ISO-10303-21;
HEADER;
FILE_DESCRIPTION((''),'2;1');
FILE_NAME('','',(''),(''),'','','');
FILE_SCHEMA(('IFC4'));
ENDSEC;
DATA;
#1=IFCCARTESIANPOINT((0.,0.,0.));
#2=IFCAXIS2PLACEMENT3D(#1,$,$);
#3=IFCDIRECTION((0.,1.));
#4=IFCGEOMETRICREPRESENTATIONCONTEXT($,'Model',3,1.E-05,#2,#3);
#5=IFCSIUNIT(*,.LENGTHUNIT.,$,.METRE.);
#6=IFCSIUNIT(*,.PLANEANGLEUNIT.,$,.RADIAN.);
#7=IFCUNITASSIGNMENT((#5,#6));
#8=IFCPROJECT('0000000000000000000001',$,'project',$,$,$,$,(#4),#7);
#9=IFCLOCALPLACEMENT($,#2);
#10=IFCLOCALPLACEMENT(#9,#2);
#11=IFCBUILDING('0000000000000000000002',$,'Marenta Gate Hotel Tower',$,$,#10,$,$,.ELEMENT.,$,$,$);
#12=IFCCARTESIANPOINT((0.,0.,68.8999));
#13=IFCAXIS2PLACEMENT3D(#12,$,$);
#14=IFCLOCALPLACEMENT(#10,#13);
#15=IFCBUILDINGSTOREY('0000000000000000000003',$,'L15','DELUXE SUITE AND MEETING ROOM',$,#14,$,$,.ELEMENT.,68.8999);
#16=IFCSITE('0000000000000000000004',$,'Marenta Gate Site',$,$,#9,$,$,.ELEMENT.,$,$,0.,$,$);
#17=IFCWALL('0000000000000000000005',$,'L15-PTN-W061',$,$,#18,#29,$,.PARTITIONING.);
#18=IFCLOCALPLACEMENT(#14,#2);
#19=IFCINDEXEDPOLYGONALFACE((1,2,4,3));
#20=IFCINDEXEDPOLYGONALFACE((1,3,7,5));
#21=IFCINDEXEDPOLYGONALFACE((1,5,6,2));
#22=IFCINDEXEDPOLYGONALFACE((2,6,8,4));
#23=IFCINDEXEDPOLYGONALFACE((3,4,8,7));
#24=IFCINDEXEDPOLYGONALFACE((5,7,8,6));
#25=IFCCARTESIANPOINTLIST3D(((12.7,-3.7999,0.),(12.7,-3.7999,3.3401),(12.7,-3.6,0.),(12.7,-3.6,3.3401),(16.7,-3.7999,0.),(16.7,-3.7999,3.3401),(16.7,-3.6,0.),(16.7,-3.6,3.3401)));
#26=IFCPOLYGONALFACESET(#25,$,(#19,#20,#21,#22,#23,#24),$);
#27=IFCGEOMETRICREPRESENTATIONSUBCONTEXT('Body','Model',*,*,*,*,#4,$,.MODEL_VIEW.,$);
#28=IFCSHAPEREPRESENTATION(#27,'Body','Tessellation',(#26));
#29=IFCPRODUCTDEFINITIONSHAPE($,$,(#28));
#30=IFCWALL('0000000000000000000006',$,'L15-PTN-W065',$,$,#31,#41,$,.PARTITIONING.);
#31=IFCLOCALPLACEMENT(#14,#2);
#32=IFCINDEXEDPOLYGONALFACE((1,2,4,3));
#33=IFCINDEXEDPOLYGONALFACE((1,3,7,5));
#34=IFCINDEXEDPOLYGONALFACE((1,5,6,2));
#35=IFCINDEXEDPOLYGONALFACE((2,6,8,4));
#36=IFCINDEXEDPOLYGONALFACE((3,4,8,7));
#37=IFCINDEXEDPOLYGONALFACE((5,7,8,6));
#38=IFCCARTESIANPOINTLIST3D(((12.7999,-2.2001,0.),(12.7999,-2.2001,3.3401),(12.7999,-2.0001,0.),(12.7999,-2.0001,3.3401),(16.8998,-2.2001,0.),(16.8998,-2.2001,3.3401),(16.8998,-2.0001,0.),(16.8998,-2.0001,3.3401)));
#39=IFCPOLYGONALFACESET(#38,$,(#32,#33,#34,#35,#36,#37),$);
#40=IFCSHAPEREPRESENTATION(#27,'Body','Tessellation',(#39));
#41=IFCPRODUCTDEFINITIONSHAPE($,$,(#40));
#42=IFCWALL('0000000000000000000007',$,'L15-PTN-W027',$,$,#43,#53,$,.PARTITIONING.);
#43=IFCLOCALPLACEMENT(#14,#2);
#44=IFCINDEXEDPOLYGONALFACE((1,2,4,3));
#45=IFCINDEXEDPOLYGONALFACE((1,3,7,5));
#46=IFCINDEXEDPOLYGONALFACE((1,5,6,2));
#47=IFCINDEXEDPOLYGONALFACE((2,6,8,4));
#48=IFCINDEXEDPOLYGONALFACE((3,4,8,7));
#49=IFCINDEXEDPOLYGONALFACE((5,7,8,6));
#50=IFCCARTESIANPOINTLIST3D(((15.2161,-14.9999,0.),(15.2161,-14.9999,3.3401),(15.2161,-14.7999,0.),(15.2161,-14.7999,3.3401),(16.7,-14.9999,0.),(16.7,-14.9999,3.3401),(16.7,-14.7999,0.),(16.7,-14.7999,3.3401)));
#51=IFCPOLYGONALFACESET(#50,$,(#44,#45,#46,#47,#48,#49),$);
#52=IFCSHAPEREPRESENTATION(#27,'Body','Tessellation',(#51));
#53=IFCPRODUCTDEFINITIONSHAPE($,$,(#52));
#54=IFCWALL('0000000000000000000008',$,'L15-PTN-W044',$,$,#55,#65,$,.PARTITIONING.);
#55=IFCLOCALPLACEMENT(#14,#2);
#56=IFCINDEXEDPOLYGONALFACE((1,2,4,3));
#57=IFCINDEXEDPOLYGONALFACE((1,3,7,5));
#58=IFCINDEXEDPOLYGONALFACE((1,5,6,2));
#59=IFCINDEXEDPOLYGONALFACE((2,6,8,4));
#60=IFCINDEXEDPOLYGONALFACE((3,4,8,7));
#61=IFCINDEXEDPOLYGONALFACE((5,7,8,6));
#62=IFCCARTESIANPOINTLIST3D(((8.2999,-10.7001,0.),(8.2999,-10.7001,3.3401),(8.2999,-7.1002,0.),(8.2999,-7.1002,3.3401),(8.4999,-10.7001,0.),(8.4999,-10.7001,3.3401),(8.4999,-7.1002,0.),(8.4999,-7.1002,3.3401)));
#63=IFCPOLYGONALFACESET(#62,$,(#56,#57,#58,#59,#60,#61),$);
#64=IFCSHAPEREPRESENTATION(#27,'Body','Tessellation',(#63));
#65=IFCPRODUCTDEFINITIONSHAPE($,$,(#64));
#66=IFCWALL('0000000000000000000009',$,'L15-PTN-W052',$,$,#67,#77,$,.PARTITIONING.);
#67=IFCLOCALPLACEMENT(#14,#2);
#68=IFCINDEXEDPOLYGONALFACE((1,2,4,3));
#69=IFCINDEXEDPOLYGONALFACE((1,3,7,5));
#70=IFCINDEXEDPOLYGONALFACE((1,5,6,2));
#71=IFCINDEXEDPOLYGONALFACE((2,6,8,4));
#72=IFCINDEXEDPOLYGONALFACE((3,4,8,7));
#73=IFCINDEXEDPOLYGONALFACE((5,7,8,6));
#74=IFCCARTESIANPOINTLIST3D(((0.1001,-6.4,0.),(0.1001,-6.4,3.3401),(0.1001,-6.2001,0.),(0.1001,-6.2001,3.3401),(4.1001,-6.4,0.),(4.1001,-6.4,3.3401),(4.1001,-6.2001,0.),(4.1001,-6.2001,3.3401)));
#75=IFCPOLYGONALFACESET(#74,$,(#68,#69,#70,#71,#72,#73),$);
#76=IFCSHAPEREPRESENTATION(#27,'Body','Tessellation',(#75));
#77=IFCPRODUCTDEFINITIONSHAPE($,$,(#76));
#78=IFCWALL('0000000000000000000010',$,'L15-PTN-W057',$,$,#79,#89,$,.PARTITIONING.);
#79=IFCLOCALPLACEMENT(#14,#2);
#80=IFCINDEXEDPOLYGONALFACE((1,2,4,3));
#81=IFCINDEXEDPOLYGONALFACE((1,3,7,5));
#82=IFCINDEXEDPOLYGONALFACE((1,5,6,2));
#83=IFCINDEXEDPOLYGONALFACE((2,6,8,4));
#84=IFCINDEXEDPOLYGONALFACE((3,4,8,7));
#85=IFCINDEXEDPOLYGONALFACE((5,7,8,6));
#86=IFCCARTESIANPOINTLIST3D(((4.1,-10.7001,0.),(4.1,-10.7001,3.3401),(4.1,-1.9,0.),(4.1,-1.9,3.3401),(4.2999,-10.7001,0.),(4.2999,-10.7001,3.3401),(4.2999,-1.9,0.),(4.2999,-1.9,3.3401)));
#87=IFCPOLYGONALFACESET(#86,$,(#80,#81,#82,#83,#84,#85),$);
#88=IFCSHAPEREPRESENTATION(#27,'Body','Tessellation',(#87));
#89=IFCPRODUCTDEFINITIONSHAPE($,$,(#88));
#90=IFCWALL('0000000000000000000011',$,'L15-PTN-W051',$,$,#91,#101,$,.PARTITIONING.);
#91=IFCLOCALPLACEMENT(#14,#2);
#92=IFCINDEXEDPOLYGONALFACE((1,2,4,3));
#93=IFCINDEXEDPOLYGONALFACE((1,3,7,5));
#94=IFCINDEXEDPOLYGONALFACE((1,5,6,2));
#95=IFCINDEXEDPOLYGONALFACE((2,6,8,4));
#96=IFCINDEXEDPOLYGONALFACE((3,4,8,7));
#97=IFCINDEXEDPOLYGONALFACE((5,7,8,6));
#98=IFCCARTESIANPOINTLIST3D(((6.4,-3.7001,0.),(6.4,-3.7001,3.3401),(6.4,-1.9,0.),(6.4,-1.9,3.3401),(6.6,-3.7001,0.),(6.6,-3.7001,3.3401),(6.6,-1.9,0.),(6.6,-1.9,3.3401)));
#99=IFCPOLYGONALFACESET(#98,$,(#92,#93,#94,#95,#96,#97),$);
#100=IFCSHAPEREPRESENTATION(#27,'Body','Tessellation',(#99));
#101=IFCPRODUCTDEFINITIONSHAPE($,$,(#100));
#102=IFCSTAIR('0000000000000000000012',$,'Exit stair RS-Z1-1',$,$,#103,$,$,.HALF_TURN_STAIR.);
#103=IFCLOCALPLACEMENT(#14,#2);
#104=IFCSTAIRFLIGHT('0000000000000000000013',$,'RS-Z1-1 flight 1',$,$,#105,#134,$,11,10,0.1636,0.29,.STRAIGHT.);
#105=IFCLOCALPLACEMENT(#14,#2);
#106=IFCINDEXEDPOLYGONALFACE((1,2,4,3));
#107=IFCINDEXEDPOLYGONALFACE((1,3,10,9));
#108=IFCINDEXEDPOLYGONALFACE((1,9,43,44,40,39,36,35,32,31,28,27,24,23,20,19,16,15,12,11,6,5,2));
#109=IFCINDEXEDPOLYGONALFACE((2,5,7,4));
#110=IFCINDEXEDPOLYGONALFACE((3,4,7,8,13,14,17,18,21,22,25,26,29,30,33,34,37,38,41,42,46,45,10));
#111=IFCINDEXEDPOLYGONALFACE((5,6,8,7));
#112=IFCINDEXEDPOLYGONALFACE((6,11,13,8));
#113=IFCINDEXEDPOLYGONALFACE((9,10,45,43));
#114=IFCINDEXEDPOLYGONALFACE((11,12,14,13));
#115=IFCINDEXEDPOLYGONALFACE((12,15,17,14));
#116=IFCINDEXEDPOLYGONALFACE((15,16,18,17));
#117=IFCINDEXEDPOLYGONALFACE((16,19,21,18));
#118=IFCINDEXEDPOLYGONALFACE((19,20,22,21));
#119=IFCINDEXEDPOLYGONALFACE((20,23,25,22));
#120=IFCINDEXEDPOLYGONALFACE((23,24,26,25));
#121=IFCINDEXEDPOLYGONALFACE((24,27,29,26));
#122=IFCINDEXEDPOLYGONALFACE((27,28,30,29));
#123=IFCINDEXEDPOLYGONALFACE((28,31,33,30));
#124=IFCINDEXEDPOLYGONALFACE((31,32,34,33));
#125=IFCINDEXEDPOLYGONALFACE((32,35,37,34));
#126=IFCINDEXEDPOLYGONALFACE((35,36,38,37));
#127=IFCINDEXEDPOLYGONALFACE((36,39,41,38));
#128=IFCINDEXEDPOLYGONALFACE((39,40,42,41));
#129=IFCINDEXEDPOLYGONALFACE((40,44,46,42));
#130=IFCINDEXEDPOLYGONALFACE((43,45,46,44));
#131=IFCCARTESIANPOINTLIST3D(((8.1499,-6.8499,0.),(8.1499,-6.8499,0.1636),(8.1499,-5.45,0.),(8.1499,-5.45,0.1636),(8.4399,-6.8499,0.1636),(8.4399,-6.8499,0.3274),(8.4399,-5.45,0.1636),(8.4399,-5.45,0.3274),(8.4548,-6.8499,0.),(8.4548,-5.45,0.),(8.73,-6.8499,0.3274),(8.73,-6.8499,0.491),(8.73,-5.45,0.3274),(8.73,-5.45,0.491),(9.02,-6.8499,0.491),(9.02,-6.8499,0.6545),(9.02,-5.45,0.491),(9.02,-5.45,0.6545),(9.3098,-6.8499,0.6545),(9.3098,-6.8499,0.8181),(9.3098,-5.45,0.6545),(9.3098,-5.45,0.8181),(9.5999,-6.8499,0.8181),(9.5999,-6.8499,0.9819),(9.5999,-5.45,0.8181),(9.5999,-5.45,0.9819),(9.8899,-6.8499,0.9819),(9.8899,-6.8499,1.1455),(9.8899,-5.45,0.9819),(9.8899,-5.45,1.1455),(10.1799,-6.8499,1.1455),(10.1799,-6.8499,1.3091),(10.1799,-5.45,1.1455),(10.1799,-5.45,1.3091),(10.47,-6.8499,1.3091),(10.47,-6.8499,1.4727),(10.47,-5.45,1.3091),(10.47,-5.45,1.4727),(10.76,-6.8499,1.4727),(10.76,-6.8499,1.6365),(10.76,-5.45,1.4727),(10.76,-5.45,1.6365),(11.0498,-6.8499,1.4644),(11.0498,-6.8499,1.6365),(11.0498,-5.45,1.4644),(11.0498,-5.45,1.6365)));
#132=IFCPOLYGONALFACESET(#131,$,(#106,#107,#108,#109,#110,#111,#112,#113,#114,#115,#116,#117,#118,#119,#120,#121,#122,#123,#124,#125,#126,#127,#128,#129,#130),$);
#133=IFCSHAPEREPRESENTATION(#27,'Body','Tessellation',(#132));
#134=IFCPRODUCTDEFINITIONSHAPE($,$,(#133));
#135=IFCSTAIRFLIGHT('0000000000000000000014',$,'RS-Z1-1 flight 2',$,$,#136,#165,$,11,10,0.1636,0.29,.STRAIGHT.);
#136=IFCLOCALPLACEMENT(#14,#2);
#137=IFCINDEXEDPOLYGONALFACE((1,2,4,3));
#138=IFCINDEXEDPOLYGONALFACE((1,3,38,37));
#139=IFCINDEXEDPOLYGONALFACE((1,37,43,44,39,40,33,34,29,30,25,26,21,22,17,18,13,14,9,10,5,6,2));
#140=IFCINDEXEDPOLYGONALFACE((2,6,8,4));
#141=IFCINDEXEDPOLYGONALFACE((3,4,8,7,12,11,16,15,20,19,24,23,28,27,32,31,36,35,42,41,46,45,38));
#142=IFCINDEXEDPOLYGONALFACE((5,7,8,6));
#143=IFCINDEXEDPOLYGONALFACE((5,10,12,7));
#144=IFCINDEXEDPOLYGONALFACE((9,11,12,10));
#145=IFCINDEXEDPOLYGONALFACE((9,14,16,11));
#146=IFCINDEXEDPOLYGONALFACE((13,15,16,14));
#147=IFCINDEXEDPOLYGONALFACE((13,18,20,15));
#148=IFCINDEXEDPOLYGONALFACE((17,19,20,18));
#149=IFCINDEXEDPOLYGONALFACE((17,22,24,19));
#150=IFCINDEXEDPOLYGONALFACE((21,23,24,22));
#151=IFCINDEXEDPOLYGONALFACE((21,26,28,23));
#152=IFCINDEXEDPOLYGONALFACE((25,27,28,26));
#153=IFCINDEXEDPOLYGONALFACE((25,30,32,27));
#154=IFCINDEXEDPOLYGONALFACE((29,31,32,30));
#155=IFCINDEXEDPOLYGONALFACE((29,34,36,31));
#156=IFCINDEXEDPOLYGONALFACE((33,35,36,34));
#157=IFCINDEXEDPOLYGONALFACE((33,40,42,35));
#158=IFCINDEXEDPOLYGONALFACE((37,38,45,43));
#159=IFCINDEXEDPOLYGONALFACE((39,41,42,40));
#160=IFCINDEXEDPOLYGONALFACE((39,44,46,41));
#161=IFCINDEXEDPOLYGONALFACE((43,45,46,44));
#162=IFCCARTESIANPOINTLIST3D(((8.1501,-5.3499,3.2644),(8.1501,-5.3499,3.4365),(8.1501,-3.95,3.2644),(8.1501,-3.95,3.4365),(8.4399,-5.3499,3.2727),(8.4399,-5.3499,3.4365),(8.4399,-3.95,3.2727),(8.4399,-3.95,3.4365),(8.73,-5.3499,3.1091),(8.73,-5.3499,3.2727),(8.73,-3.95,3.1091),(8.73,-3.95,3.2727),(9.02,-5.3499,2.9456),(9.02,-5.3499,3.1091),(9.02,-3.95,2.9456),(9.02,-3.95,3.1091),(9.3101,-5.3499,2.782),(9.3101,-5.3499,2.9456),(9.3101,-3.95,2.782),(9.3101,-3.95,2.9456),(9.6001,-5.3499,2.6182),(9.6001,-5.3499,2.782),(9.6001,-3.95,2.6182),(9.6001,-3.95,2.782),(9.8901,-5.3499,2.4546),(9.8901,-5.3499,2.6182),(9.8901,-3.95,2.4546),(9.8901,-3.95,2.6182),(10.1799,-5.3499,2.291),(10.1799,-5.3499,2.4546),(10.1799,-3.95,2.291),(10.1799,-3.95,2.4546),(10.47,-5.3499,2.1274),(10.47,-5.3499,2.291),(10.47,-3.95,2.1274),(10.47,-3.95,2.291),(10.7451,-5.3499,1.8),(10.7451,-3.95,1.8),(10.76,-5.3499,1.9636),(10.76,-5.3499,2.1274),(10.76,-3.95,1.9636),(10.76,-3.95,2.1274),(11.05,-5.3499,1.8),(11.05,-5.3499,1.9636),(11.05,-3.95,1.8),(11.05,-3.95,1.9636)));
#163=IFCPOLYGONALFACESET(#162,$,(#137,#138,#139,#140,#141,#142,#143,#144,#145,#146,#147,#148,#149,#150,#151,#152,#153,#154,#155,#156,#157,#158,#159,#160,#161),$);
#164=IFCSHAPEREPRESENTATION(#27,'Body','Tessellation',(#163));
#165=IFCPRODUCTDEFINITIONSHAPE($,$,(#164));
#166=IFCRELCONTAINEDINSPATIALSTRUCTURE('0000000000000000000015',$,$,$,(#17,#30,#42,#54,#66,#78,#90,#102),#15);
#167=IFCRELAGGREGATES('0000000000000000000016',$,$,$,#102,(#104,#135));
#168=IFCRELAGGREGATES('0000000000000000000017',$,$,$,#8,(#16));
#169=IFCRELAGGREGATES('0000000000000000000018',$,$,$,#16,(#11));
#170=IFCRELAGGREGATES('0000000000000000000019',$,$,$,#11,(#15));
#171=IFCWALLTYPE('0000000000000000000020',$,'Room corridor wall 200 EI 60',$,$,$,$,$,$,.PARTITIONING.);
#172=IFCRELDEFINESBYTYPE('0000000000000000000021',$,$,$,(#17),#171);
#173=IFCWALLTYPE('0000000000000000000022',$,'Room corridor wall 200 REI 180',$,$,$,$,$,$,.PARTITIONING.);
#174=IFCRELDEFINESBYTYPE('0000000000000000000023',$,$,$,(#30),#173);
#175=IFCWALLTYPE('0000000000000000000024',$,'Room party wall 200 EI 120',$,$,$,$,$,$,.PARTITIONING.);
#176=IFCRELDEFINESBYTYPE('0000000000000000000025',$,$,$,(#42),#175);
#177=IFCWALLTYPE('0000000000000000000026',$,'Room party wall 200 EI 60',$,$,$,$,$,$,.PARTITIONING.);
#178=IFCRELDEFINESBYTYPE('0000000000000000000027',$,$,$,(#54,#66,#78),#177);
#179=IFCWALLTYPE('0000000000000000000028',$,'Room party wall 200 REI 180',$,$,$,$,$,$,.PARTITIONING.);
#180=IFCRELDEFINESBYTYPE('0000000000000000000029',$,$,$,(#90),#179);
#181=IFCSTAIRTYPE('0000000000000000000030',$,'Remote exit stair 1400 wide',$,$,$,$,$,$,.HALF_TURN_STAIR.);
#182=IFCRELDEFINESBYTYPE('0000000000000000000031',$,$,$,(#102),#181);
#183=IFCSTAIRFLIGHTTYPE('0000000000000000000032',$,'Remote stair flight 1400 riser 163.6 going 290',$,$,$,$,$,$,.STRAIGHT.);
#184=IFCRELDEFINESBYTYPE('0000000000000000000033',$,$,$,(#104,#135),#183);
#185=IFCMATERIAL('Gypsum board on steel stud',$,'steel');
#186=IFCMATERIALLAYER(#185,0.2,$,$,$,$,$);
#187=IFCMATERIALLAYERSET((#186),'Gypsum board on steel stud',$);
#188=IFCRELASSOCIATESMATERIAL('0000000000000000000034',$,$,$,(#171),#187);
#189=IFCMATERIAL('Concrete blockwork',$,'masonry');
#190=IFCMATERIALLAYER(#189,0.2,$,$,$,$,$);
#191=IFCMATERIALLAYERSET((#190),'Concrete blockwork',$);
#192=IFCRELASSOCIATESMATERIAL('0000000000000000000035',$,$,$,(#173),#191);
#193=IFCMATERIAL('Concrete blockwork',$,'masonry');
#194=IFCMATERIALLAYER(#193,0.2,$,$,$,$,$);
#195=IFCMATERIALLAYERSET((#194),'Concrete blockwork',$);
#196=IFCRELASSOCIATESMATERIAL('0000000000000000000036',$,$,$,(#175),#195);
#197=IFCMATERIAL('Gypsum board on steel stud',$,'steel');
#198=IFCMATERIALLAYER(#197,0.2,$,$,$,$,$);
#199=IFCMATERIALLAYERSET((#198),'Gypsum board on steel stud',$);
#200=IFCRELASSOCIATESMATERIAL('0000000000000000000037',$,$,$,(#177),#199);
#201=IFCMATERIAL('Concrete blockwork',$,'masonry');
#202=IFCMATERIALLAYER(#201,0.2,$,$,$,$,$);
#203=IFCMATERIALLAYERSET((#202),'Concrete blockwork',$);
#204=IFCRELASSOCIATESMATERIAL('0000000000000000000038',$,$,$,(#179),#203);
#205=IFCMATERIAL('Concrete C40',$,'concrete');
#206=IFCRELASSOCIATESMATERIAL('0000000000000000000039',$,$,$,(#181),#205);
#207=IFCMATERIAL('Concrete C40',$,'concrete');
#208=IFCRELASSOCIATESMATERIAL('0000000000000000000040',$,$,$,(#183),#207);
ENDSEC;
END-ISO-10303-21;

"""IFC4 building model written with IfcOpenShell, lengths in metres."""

from ifc_helpers import new_model, si_unit, direction, frame, frame_2d, origin, place, context, subcontext, project, spatial, polyline, rectangle, outline, extrude, material, layer, layer_set, type_object, element, aggregate, save


model = new_model("IFC4")

# Units and contexts
model_context = context("Model", 3, precision=1e-05, world=origin(), true_north=direction((0.0, 1.0)))
body_context = subcontext(model_context, "Body", "Model", "MODEL_VIEW")
ifc_project = project(units=[si_unit("LENGTHUNIT", "METRE"), si_unit("PLANEANGLEUNIT", "RADIAN")], contexts=[model_context])

# Site, building, storey
site_placement = place(None, origin())
site = spatial("IfcSite", under=ifc_project, at=site_placement, Name="Marenta Gate Site", CompositionType="ELEMENT", RefElevation=0.0)
building_placement = place(site_placement, origin())
building = spatial("IfcBuilding", under=site, at=building_placement, Name="Marenta Gate Hotel Tower", CompositionType="ELEMENT")
storey_placement = place(building_placement, frame((0.0, 0.0, 68.8999)))
storey = spatial("IfcBuildingStorey", under=building, at=storey_placement, Name="L15", Description="DELUXE SUITE AND MEETING ROOM", CompositionType="ELEMENT", Elevation=68.8999)

# Wall
ifc_material_1 = material(Name="Gypsum board on steel stud", Category="steel")
ifc_layer_1 = layer(ifc_material_1, 0.2)
ifc_layer_set_1 = layer_set([ifc_layer_1], Name="Gypsum board on steel stud")
wall_type_1 = type_object("IfcWallType", Name="Room corridor wall 200 EI 60", PredefinedType="PARTITIONING", material=ifc_layer_set_1)
wall_1_placement = place(storey_placement, frame((12.7, -3.7, 0.0), z_axis=(0.0, 0.0, 1.0), x_axis=(1.0, 0.0, 0.0)))
element("IfcWall", 1, at=wall_1_placement, inside=storey, type_object=wall_type_1, Name="L15-PTN-W061", PredefinedType="PARTITIONING", context=body_context, shape_type="SweptSolid", body=[
    extrude(rectangle(XDim=4.0, YDim=0.2, at=frame_2d((2.0, 0.0))), origin(), (0.0, 0.0, 1.0), 3.3401),
])

# Shared definitions
ifc_material_2 = material(Name="Concrete blockwork", Category="masonry")
ifc_layer_2 = layer(ifc_material_2, 0.2)
ifc_layer_set_2 = layer_set([ifc_layer_2], Name="Concrete blockwork")
wall_type_2 = type_object("IfcWallType", Name="Room corridor wall 200 REI 180", PredefinedType="PARTITIONING", material=ifc_layer_set_2)

# Walls
wall_2_placement = place(storey_placement, frame((12.8, -2.1001, 0.0), z_axis=(0.0, 0.0, 1.0), x_axis=(1.0, 0.0, 0.0)))
element("IfcWall", 2, at=wall_2_placement, inside=storey, type_object=wall_type_2, Name="L15-PTN-W065", PredefinedType="PARTITIONING", context=body_context, shape_type="SweptSolid", body=[
    extrude(rectangle(XDim=4.0999, YDim=0.2, at=frame_2d((2.0498, 0.0))), origin(), (0.0, 0.0, 1.0), 3.3401),
])
ifc_material_3 = material(Name="Concrete blockwork", Category="masonry")
ifc_layer_3 = layer(ifc_material_3, 0.2)
ifc_layer_set_3 = layer_set([ifc_layer_3], Name="Concrete blockwork")
wall_type_3 = type_object("IfcWallType", Name="Room party wall 200 EI 120", PredefinedType="PARTITIONING", material=ifc_layer_set_3)
wall_3_placement = place(storey_placement, frame((15.2161, -14.8999, 0.0), z_axis=(0.0, 0.0, 1.0), x_axis=(1.0, 0.0, 0.0)))
element("IfcWall", 3, at=wall_3_placement, inside=storey, type_object=wall_type_3, Name="L15-PTN-W027", PredefinedType="PARTITIONING", context=body_context, shape_type="SweptSolid", body=[
    extrude(rectangle(XDim=1.4839, YDim=0.2, at=frame_2d((0.7419, 0.0))), origin(), (0.0, 0.0, 1.0), 3.3401),
])
ifc_material_4 = material(Name="Gypsum board on steel stud", Category="steel")
ifc_layer_4 = layer(ifc_material_4, 0.2)
ifc_layer_set_4 = layer_set([ifc_layer_4], Name="Gypsum board on steel stud")
wall_type_4 = type_object("IfcWallType", Name="Room party wall 200 EI 60", PredefinedType="PARTITIONING", material=ifc_layer_set_4)
wall_4_placement = place(storey_placement, frame((8.3999, -10.7, 0.0), z_axis=(0.0, 0.0, 1.0), x_axis=(0.0, 1.0, 0.0)))
element("IfcWall", 4, at=wall_4_placement, inside=storey, type_object=wall_type_4, Name="L15-PTN-W044", PredefinedType="PARTITIONING", context=body_context, shape_type="SweptSolid", body=[
    extrude(rectangle(XDim=3.5999, YDim=0.2, at=frame_2d((1.7998, 0.0))), origin(), (0.0, 0.0, 1.0), 3.3401),
])
wall_5_placement = place(storey_placement, frame((0.1001, -6.3, 0.0), z_axis=(0.0, 0.0, 1.0), x_axis=(1.0, 0.0, 0.0)))
element("IfcWall", 5, at=wall_5_placement, inside=storey, type_object=wall_type_4, Name="L15-PTN-W052", PredefinedType="PARTITIONING", context=body_context, shape_type="SweptSolid", body=[
    extrude(rectangle(XDim=4.0, YDim=0.2, at=frame_2d((2.0, 0.0))), origin(), (0.0, 0.0, 1.0), 3.3401),
])
wall_6_placement = place(storey_placement, frame((4.2, -10.7, 0.0), z_axis=(0.0, 0.0, 1.0), x_axis=(0.0, 1.0, 0.0)))
element("IfcWall", 6, at=wall_6_placement, inside=storey, type_object=wall_type_4, Name="L15-PTN-W057", PredefinedType="PARTITIONING", context=body_context, shape_type="SweptSolid", body=[
    extrude(rectangle(XDim=8.8, YDim=0.2, at=frame_2d((4.3999, 0.0))), origin(), (0.0, 0.0, 1.0), 3.3401),
])
ifc_material_5 = material(Name="Concrete blockwork", Category="masonry")
ifc_layer_5 = layer(ifc_material_5, 0.2)
ifc_layer_set_5 = layer_set([ifc_layer_5], Name="Concrete blockwork")
wall_type_5 = type_object("IfcWallType", Name="Room party wall 200 REI 180", PredefinedType="PARTITIONING", material=ifc_layer_set_5)
wall_7_placement = place(storey_placement, frame((6.5, -3.7, 0.0), z_axis=(0.0, 0.0, 1.0), x_axis=(0.0, 1.0, 0.0)))
element("IfcWall", 7, at=wall_7_placement, inside=storey, type_object=wall_type_5, Name="L15-PTN-W051", PredefinedType="PARTITIONING", context=body_context, shape_type="SweptSolid", body=[
    extrude(rectangle(XDim=1.8, YDim=0.2, at=frame_2d((0.8999, 0.0))), origin(), (0.0, 0.0, 1.0), 3.3401),
])

# Stair, stair flights
ifc_material_6 = material(Name="Concrete C40", Category="concrete")
stair_type = type_object("IfcStairType", Name="Remote exit stair 1400 wide", PredefinedType="HALF_TURN_STAIR", material=ifc_material_6)
stair_placement = place(storey_placement, origin())
stair = element("IfcStair", 8, at=stair_placement, inside=storey, type_object=stair_type, Name="Exit stair RS-Z1-1", PredefinedType="HALF_TURN_STAIR")
ifc_material_7 = material(Name="Concrete C40", Category="concrete")
stair_flight_type = type_object("IfcStairFlightType", Name="Remote stair flight 1400 riser 163.6 going 290", PredefinedType="STRAIGHT", material=ifc_material_7)
stair_flight_1_placement = place(storey_placement, frame((8.1499, -6.1499, 0.0), z_axis=(0.0, 0.0, 1.0), x_axis=(1.0, 0.0, 0.0)))
stair_flight_1 = element("IfcStairFlight", 9, at=stair_flight_1_placement, type_object=stair_flight_type, Name="RS-Z1-1 flight 1", NumberOfRisers=11, NumberOfTreads=10, PredefinedType="STRAIGHT", RiserHeight=0.1636, TreadLength=0.29, context=body_context, shape_type="SweptSolid", body=[
    extrude(outline(polyline([(0.0, 0.0), (0.0, 0.1636), (0.29, 0.1636), (0.29, 0.3274), (0.5801, 0.3274), (0.5801, 0.491), (0.8701, 0.491), (0.8701, 0.6545), (1.1599, 0.6545), (1.1599, 0.8181), (1.45, 0.8181), (1.45, 0.9819), (1.74, 0.9819), (1.74, 1.1455), (2.03, 1.1455), (2.03, 1.3091), (2.3201, 1.3091), (2.3201, 1.4727), (2.6101, 1.4727), (2.6101, 1.6365), (2.8999, 1.6365), (2.8999, 1.8), (2.8999, 1.4644), (0.3049, 0.0), (0.0, 0.0)])), frame((0.0, 0.7, 0.0), z_axis=(0.0, -1.0, 0.0), x_axis=(1.0, 0.0, 0.0)), (0.0, 0.0, 1.0), 1.3999),
])
stair_flight_2_placement = place(storey_placement, frame((11.05, -4.6499, 1.8), z_axis=(0.0, 0.0, 1.0), x_axis=(-1.0, 0.0, 0.0)))
stair_flight_2 = element("IfcStairFlight", 10, at=stair_flight_2_placement, type_object=stair_flight_type, Name="RS-Z1-1 flight 2", NumberOfRisers=11, NumberOfTreads=10, PredefinedType="STRAIGHT", RiserHeight=0.1636, TreadLength=0.29, context=body_context, shape_type="SweptSolid", body=[
    extrude(outline(polyline([(0.0, 0.0), (0.0, 0.1636), (0.29, 0.1636), (0.29, 0.3274), (0.5801, 0.3274), (0.5801, 0.491), (0.8701, 0.491), (0.8701, 0.6545), (1.1599, 0.6545), (1.1599, 0.8181), (1.45, 0.8181), (1.45, 0.9819), (1.74, 0.9819), (1.74, 1.1455), (2.03, 1.1455), (2.03, 1.3091), (2.3201, 1.3091), (2.3201, 1.4727), (2.6101, 1.4727), (2.6101, 1.6365), (2.8999, 1.6365), (2.8999, 1.8), (2.8999, 1.4644), (0.3049, 0.0), (0.0, 0.0)])), frame((0.0, 0.7, 0.0), z_axis=(0.0, -1.0, 0.0), x_axis=(1.0, 0.0, 0.0)), (0.0, 0.0, 1.0), 1.3999),
])
aggregate(stair, [stair_flight_1, stair_flight_2])

save(model, "model.ifc")
